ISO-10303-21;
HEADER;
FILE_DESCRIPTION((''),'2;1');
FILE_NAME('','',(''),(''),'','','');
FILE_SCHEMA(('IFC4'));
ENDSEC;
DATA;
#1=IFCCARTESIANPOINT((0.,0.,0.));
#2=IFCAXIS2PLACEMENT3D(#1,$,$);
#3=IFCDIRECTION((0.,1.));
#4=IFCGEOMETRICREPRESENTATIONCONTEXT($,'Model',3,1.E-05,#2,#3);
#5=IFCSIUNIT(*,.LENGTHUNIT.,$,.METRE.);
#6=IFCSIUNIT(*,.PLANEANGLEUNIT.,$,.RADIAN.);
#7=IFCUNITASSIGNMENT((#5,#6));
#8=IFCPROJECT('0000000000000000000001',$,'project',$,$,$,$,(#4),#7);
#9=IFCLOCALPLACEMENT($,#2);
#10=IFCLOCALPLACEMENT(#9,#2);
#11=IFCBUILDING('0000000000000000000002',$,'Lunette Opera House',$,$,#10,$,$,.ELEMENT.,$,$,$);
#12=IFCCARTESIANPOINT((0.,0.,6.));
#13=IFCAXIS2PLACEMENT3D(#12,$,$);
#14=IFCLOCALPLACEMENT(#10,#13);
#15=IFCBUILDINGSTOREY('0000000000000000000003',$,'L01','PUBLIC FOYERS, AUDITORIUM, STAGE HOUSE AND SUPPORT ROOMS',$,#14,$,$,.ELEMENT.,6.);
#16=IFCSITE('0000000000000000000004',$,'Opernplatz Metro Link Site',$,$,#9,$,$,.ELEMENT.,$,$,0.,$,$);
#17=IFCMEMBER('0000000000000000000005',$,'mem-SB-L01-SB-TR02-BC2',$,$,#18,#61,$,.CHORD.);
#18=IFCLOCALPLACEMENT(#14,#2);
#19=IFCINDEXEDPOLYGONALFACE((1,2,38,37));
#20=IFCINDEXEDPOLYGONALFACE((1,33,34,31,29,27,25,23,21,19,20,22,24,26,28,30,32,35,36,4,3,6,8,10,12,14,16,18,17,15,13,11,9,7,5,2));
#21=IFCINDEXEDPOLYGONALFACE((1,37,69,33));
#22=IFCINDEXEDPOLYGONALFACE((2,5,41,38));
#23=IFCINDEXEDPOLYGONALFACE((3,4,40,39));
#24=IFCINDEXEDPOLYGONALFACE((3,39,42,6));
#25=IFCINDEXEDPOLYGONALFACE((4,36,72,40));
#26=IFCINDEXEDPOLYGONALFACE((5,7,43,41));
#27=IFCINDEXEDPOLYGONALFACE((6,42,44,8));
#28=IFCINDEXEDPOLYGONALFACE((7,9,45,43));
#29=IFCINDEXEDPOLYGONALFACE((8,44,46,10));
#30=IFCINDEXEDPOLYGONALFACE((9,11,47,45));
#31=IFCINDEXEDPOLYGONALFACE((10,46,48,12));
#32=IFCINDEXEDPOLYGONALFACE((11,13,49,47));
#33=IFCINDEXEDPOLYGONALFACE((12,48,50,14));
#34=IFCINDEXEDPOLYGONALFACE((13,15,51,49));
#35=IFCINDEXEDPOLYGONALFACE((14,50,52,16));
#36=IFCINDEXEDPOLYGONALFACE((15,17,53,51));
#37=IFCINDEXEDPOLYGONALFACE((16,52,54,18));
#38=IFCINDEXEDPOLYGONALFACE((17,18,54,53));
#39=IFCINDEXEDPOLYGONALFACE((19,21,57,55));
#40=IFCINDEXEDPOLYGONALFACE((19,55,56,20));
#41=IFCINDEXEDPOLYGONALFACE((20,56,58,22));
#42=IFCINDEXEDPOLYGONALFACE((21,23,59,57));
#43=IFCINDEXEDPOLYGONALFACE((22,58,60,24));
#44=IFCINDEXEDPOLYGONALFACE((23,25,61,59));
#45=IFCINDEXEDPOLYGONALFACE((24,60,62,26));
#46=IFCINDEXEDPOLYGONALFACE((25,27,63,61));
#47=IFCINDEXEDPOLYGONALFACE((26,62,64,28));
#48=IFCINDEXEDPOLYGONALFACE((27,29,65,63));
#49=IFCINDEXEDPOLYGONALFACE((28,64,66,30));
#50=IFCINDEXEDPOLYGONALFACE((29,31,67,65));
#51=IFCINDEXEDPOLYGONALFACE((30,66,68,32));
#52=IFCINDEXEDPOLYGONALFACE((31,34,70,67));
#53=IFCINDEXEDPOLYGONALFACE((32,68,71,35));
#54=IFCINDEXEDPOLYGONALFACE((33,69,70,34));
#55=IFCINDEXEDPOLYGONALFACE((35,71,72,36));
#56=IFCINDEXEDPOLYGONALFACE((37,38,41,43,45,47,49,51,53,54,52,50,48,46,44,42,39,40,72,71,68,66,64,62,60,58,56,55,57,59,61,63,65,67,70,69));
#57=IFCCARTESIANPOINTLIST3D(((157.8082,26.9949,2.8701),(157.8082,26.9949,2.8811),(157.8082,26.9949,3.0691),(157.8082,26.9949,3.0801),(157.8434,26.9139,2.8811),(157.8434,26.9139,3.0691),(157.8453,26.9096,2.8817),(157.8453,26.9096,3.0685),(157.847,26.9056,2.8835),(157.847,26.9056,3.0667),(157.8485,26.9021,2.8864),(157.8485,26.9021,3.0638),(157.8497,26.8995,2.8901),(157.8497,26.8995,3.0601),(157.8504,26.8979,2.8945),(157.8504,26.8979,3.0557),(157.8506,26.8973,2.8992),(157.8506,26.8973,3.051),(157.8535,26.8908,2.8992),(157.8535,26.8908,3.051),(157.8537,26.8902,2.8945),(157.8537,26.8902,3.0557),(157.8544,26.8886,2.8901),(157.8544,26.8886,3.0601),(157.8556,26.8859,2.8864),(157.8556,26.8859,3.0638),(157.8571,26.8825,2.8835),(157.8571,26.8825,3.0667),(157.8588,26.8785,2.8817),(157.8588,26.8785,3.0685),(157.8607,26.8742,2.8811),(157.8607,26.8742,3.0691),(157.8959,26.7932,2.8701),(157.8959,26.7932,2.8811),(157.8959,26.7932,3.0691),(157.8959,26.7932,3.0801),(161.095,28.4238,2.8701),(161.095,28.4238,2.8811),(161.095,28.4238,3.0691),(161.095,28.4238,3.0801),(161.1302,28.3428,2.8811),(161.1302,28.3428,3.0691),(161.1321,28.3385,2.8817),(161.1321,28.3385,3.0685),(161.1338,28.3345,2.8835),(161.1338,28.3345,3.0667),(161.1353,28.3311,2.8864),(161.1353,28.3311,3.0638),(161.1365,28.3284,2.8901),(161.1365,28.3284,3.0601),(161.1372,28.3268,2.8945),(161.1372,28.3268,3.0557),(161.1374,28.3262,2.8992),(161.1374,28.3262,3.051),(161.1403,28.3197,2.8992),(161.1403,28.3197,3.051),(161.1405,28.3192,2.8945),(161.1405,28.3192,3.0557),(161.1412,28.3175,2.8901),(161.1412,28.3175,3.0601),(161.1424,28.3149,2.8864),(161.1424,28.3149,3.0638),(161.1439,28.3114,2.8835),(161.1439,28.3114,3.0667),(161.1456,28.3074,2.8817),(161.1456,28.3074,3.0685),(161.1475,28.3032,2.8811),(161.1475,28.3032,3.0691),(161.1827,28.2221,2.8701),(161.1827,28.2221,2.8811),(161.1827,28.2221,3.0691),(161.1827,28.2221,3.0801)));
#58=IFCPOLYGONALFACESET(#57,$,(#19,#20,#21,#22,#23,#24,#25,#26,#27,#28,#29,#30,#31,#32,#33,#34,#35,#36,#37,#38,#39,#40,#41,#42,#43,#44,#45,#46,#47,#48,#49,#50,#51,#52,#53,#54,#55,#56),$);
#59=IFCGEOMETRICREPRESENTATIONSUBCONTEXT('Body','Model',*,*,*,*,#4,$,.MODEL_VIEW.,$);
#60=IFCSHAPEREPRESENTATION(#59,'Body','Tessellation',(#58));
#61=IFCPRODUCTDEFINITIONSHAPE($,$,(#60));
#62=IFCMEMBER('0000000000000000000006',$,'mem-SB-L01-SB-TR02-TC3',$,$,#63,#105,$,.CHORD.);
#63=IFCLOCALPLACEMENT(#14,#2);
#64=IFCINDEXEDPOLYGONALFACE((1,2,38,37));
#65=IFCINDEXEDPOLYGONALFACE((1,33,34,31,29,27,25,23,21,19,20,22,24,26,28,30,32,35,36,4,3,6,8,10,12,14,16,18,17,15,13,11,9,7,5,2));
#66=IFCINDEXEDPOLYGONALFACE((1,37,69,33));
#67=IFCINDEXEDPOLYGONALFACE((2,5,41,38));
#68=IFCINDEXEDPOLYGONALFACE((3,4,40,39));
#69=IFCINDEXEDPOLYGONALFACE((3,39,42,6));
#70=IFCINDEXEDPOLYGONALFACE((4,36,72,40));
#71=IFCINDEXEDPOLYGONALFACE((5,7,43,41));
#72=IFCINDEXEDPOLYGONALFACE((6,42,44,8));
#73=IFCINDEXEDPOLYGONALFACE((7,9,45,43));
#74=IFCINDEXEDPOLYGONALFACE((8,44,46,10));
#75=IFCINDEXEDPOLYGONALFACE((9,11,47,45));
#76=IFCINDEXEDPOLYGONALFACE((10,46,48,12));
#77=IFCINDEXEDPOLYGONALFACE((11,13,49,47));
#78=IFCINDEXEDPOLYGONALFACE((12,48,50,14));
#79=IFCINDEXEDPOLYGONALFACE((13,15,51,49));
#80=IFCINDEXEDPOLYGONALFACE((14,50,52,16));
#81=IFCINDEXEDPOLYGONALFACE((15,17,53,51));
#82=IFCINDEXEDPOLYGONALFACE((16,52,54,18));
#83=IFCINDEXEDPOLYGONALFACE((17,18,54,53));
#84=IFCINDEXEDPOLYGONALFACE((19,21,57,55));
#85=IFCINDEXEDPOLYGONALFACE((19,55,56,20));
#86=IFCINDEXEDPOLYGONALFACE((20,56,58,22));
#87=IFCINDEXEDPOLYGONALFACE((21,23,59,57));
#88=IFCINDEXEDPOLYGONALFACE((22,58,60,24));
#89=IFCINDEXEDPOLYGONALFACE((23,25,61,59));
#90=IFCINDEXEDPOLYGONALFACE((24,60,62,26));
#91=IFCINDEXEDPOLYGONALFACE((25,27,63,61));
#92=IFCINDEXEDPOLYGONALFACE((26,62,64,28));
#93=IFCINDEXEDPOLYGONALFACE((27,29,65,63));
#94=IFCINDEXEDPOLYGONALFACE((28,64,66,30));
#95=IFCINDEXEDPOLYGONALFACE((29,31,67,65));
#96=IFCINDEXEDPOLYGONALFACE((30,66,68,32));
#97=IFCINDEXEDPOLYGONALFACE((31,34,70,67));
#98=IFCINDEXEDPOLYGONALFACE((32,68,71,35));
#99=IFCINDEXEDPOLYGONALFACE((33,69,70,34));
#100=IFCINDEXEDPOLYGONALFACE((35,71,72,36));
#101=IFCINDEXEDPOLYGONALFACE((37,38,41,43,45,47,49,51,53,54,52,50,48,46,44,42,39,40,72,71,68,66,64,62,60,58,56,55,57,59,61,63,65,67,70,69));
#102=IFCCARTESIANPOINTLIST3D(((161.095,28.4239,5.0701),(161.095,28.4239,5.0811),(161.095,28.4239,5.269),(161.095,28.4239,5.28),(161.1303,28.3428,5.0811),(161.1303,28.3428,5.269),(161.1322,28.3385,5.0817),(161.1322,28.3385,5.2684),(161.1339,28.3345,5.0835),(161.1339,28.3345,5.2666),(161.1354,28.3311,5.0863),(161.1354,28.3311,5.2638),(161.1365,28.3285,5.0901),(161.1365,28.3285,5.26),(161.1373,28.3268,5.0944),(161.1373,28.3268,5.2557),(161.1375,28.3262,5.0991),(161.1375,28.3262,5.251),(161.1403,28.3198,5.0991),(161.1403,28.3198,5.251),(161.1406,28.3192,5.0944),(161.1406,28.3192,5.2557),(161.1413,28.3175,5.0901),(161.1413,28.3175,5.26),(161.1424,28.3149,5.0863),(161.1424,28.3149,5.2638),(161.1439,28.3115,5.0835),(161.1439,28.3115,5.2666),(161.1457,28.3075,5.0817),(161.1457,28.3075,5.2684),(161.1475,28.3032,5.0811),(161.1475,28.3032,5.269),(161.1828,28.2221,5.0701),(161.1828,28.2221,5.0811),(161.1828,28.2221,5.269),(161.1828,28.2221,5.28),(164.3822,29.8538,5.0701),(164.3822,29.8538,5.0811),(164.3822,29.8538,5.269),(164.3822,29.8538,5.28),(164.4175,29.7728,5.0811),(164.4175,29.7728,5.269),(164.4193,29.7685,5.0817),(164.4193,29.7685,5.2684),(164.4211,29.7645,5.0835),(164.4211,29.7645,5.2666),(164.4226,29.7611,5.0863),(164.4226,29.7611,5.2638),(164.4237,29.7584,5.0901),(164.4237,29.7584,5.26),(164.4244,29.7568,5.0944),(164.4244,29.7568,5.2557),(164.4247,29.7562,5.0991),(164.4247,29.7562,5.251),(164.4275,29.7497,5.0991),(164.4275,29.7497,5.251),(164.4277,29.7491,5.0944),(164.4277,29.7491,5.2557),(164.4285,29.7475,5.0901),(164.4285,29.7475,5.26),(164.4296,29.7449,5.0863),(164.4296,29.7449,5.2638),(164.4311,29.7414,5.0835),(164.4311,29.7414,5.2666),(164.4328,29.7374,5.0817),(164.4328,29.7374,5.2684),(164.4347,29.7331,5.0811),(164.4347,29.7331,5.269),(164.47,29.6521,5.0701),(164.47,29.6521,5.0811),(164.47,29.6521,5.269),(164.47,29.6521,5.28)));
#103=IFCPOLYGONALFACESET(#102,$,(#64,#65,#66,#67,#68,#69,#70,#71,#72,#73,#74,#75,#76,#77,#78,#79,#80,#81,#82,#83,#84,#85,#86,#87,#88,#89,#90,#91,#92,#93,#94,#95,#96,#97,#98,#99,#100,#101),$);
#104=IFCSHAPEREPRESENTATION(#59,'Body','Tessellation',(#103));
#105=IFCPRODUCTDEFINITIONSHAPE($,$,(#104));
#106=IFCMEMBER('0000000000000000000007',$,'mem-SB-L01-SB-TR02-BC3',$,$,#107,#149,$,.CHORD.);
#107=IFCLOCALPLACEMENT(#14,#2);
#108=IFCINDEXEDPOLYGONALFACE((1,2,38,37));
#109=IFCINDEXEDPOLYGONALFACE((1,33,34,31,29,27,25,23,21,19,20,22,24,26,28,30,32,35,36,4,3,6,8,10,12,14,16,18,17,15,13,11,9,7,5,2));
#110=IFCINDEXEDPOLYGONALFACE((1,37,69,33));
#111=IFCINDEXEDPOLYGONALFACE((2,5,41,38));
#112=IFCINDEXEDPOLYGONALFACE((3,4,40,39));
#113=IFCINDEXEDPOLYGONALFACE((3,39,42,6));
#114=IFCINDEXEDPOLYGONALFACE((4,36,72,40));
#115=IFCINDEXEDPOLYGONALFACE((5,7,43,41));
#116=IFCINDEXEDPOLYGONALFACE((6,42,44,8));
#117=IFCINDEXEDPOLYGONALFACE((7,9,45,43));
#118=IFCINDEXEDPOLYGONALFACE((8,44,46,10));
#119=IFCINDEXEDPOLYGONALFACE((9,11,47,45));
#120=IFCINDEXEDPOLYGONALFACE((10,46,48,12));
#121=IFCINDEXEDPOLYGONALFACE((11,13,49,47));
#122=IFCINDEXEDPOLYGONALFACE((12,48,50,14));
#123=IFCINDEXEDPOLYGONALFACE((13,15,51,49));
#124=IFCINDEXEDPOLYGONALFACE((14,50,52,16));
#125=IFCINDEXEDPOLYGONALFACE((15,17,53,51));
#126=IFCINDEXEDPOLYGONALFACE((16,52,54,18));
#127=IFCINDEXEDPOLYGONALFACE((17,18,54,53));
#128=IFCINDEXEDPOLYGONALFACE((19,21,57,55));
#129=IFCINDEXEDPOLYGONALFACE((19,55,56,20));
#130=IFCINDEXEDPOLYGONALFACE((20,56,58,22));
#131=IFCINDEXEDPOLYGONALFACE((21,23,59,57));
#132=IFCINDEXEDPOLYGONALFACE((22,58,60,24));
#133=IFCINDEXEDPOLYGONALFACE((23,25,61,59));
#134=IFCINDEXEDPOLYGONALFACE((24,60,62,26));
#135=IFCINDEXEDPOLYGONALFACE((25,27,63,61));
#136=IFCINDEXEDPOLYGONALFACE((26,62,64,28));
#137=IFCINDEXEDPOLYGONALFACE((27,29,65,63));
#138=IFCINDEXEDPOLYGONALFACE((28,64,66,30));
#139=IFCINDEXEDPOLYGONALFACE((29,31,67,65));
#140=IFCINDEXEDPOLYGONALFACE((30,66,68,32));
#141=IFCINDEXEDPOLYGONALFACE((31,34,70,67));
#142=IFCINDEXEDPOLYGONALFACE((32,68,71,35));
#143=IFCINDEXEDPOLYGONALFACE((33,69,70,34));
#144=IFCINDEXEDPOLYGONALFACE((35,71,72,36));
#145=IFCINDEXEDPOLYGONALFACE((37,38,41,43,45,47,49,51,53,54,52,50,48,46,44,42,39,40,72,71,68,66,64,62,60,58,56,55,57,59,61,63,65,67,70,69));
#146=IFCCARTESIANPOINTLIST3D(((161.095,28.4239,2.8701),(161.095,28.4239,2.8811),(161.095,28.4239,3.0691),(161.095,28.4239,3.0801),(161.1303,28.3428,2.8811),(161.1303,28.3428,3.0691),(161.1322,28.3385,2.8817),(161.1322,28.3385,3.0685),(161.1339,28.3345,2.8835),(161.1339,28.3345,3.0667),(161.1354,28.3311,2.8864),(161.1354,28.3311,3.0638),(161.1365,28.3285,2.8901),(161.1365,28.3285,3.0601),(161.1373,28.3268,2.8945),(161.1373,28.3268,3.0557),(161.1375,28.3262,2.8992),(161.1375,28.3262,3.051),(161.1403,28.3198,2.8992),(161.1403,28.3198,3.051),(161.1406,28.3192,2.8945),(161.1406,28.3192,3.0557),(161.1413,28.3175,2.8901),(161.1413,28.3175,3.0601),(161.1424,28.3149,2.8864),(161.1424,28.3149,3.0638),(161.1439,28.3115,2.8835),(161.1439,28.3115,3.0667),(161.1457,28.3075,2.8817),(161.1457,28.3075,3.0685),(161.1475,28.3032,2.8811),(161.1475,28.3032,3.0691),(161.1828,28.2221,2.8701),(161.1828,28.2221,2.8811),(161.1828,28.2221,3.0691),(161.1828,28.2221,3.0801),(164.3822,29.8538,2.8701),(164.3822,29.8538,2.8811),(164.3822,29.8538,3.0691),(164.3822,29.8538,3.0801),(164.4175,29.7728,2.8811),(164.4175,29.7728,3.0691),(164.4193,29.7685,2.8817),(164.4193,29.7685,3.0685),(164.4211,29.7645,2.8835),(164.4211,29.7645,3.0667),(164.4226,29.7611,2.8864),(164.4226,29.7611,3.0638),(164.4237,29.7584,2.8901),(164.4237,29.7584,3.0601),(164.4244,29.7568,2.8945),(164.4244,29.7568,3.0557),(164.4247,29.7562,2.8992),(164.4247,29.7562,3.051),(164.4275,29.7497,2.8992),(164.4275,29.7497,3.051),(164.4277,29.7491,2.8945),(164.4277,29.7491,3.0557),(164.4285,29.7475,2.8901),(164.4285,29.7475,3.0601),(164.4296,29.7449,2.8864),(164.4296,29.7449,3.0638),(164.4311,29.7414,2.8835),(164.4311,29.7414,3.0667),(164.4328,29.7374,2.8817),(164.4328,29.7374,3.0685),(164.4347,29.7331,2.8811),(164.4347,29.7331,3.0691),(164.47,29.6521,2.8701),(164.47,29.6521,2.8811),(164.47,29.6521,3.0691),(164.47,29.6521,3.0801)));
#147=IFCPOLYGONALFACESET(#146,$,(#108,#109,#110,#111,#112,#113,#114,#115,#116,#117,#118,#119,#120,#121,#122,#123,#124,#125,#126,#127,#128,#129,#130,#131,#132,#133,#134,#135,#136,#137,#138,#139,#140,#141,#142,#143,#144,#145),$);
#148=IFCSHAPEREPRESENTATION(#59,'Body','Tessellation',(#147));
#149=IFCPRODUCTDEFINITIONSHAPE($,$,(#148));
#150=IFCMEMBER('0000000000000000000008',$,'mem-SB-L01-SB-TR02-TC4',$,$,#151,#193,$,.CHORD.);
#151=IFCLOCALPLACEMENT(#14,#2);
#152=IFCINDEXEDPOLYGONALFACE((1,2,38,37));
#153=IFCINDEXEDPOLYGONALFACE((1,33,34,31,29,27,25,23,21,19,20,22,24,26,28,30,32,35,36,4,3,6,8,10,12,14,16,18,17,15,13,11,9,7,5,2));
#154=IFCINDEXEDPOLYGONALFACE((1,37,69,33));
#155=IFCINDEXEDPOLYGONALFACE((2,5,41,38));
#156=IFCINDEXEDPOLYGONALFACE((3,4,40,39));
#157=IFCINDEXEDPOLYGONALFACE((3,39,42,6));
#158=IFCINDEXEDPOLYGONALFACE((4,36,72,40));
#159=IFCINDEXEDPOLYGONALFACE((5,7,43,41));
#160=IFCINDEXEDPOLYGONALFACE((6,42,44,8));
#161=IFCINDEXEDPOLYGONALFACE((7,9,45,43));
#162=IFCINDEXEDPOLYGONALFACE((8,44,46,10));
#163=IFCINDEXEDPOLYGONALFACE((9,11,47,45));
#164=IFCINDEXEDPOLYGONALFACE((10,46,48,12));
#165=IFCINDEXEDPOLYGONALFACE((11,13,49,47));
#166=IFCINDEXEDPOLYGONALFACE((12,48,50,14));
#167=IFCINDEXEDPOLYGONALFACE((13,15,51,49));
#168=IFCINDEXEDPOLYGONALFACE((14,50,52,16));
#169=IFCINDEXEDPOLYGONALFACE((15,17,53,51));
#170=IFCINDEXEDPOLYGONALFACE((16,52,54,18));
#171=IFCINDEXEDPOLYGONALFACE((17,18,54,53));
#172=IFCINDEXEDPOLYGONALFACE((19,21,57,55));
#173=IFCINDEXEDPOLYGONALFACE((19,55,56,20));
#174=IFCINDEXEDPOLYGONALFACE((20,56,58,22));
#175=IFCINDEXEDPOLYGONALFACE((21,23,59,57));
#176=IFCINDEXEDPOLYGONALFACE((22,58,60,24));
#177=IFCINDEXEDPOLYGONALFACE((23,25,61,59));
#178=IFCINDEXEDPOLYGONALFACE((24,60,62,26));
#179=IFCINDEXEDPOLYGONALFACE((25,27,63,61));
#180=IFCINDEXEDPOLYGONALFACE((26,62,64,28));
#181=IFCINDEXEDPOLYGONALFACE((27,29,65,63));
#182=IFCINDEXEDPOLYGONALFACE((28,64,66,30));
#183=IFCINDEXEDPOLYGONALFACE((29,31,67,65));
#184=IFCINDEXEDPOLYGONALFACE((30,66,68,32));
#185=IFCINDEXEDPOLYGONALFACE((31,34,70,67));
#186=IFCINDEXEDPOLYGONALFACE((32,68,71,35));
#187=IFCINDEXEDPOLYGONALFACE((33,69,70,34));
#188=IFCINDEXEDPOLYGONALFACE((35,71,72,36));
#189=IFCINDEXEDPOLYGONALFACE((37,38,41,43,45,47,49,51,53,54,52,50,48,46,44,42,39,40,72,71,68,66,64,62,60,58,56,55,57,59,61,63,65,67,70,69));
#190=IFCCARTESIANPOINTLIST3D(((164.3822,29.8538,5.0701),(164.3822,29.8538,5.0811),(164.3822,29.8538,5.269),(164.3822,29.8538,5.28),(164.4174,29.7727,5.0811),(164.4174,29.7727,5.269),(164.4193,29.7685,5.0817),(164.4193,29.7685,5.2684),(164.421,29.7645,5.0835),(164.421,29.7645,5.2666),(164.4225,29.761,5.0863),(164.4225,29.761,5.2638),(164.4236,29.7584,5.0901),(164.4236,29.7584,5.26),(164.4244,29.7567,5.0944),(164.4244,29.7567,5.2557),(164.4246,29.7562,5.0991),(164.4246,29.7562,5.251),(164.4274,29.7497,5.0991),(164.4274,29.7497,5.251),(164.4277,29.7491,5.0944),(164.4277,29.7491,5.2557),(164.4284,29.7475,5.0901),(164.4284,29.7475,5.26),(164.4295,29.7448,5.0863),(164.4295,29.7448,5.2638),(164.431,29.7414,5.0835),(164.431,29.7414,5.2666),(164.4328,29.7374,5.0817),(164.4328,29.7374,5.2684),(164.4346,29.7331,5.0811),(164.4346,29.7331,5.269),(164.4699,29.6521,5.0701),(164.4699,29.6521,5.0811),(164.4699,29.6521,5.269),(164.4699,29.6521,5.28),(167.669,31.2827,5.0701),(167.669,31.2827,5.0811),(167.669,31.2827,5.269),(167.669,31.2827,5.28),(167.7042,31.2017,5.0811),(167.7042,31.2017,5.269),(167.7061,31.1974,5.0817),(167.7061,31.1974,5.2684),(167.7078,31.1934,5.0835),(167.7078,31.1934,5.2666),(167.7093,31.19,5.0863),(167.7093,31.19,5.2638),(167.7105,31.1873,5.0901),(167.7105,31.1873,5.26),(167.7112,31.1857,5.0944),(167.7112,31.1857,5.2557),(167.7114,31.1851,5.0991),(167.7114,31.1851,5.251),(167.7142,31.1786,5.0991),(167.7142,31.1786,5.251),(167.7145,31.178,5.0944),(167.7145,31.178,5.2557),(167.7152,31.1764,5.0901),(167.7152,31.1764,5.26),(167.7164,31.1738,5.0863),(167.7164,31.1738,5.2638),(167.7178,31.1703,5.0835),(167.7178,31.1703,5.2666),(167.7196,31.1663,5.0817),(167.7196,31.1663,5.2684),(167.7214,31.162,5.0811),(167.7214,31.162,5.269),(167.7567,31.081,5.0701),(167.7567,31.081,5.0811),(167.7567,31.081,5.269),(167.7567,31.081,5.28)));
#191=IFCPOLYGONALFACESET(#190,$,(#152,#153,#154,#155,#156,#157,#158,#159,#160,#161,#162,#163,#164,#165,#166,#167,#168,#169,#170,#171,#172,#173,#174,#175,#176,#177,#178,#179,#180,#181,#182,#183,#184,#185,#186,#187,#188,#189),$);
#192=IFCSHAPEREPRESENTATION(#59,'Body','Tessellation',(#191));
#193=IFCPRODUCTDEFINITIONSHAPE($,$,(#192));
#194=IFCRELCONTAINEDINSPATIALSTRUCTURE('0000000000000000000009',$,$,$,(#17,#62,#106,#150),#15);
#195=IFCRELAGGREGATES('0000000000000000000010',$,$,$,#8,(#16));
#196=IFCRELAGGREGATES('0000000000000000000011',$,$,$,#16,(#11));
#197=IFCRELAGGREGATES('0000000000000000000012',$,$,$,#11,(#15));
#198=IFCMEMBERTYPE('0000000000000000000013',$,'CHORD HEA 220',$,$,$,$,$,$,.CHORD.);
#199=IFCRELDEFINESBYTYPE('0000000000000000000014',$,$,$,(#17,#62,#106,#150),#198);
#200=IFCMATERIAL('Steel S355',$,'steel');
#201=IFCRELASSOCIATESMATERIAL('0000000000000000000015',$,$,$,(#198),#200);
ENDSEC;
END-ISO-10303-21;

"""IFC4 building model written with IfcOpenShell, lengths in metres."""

from ifc_helpers import new_model, si_unit, direction, frame, origin, origin_2d, place, context, subcontext, project, spatial, i_section, extrude, material, material_profile, profile_set, type_object, element, save


model = new_model("IFC4")

# Units and contexts
model_context = context("Model", 3, precision=1e-05, world=origin(), true_north=direction((0.0, 1.0)))
body_context = subcontext(model_context, "Body", "Model", "MODEL_VIEW")
ifc_project = project(units=[si_unit("LENGTHUNIT", "METRE"), si_unit("PLANEANGLEUNIT", "RADIAN")], contexts=[model_context])

# Site, building, storey
site_placement = place(None, origin())
site = spatial("IfcSite", under=ifc_project, at=site_placement, Name="Opernplatz Metro Link Site", CompositionType="ELEMENT", RefElevation=0.0)
building_placement = place(site_placement, origin())
building = spatial("IfcBuilding", under=site, at=building_placement, Name="Lunette Opera House", CompositionType="ELEMENT")
storey_placement = place(building_placement, frame((0.0, 0.0, 6.0)))
storey = spatial("IfcBuildingStorey", under=building, at=storey_placement, Name="L01", Description="PUBLIC FOYERS, AUDITORIUM, STAGE HOUSE AND SUPPORT ROOMS", CompositionType="ELEMENT", Elevation=6.0)

# Members
ifc_material_1 = material(Name="Steel S355", Category="steel")
ifc_material_profile_1 = material_profile(ifc_material_1, i_section(OverallWidth=0.22, OverallDepth=0.21, WebThickness=0.0071, FlangeThickness=0.011, FilletRadius=0.0181, at=origin_2d()), Name="HEA 220")
ifc_profile_set_1 = profile_set([ifc_material_profile_1], Name="Steel S355")
member_type_1 = type_object("IfcMemberType", Name="CHORD HEA 220", PredefinedType="CHORD", material=ifc_profile_set_1)
for number, where, z_axis, x_axis, name in (
    (1, (157.8521, 26.894, 2.9751), (0.917082, 0.398699, 0.0), (-0.398699, 0.917082, 0.0), "mem-SB-L01-SB-TR02-BC2"),
):
    element("IfcMember", number, at=place(storey_placement, frame(where, z_axis=z_axis, x_axis=x_axis)), inside=storey, type_object=member_type_1, Name=name, PredefinedType="CHORD", context=body_context, shape_type="SweptSolid", body=[
        extrude(i_section(OverallWidth=0.22, OverallDepth=0.21, WebThickness=0.0071, FlangeThickness=0.011, FilletRadius=0.0181, at=origin_2d()), origin(), (0.0, 0.0, 1.0), 3.584),
    ])
for number, where, z_axis, x_axis, name in (
    (2, (161.1389, 28.323, 5.175), (0.916993, 0.398903, 0.0), (-0.398903, 0.916993, 0.0), "mem-SB-L01-SB-TR02-TC3"),
    (3, (161.1389, 28.323, 2.9751), (0.916993, 0.398903, 0.0), (-0.398903, 0.916993, 0.0), "mem-SB-L01-SB-TR02-BC3"),
):
    element("IfcMember", number, at=place(storey_placement, frame(where, z_axis=z_axis, x_axis=x_axis)), inside=storey, type_object=member_type_1, Name=name, PredefinedType="CHORD", context=body_context, shape_type="SweptSolid", body=[
        extrude(i_section(OverallWidth=0.22, OverallDepth=0.21, WebThickness=0.0071, FlangeThickness=0.011, FilletRadius=0.0181, at=origin_2d()), origin(), (0.0, 0.0, 1.0), 3.5847),
    ])
for number, where, z_axis, x_axis, name in (
    (4, (164.426, 29.7529, 5.175), (0.917082, 0.398699, 0.0), (-0.398699, 0.917082, 0.0), "mem-SB-L01-SB-TR02-TC4"),
):
    element("IfcMember", number, at=place(storey_placement, frame(where, z_axis=z_axis, x_axis=x_axis)), inside=storey, type_object=member_type_1, Name=name, PredefinedType="CHORD", context=body_context, shape_type="SweptSolid", body=[
        extrude(i_section(OverallWidth=0.22, OverallDepth=0.21, WebThickness=0.0071, FlangeThickness=0.011, FilletRadius=0.0181, at=origin_2d()), origin(), (0.0, 0.0, 1.0), 3.584),
    ])

save(model, "model.ifc")
